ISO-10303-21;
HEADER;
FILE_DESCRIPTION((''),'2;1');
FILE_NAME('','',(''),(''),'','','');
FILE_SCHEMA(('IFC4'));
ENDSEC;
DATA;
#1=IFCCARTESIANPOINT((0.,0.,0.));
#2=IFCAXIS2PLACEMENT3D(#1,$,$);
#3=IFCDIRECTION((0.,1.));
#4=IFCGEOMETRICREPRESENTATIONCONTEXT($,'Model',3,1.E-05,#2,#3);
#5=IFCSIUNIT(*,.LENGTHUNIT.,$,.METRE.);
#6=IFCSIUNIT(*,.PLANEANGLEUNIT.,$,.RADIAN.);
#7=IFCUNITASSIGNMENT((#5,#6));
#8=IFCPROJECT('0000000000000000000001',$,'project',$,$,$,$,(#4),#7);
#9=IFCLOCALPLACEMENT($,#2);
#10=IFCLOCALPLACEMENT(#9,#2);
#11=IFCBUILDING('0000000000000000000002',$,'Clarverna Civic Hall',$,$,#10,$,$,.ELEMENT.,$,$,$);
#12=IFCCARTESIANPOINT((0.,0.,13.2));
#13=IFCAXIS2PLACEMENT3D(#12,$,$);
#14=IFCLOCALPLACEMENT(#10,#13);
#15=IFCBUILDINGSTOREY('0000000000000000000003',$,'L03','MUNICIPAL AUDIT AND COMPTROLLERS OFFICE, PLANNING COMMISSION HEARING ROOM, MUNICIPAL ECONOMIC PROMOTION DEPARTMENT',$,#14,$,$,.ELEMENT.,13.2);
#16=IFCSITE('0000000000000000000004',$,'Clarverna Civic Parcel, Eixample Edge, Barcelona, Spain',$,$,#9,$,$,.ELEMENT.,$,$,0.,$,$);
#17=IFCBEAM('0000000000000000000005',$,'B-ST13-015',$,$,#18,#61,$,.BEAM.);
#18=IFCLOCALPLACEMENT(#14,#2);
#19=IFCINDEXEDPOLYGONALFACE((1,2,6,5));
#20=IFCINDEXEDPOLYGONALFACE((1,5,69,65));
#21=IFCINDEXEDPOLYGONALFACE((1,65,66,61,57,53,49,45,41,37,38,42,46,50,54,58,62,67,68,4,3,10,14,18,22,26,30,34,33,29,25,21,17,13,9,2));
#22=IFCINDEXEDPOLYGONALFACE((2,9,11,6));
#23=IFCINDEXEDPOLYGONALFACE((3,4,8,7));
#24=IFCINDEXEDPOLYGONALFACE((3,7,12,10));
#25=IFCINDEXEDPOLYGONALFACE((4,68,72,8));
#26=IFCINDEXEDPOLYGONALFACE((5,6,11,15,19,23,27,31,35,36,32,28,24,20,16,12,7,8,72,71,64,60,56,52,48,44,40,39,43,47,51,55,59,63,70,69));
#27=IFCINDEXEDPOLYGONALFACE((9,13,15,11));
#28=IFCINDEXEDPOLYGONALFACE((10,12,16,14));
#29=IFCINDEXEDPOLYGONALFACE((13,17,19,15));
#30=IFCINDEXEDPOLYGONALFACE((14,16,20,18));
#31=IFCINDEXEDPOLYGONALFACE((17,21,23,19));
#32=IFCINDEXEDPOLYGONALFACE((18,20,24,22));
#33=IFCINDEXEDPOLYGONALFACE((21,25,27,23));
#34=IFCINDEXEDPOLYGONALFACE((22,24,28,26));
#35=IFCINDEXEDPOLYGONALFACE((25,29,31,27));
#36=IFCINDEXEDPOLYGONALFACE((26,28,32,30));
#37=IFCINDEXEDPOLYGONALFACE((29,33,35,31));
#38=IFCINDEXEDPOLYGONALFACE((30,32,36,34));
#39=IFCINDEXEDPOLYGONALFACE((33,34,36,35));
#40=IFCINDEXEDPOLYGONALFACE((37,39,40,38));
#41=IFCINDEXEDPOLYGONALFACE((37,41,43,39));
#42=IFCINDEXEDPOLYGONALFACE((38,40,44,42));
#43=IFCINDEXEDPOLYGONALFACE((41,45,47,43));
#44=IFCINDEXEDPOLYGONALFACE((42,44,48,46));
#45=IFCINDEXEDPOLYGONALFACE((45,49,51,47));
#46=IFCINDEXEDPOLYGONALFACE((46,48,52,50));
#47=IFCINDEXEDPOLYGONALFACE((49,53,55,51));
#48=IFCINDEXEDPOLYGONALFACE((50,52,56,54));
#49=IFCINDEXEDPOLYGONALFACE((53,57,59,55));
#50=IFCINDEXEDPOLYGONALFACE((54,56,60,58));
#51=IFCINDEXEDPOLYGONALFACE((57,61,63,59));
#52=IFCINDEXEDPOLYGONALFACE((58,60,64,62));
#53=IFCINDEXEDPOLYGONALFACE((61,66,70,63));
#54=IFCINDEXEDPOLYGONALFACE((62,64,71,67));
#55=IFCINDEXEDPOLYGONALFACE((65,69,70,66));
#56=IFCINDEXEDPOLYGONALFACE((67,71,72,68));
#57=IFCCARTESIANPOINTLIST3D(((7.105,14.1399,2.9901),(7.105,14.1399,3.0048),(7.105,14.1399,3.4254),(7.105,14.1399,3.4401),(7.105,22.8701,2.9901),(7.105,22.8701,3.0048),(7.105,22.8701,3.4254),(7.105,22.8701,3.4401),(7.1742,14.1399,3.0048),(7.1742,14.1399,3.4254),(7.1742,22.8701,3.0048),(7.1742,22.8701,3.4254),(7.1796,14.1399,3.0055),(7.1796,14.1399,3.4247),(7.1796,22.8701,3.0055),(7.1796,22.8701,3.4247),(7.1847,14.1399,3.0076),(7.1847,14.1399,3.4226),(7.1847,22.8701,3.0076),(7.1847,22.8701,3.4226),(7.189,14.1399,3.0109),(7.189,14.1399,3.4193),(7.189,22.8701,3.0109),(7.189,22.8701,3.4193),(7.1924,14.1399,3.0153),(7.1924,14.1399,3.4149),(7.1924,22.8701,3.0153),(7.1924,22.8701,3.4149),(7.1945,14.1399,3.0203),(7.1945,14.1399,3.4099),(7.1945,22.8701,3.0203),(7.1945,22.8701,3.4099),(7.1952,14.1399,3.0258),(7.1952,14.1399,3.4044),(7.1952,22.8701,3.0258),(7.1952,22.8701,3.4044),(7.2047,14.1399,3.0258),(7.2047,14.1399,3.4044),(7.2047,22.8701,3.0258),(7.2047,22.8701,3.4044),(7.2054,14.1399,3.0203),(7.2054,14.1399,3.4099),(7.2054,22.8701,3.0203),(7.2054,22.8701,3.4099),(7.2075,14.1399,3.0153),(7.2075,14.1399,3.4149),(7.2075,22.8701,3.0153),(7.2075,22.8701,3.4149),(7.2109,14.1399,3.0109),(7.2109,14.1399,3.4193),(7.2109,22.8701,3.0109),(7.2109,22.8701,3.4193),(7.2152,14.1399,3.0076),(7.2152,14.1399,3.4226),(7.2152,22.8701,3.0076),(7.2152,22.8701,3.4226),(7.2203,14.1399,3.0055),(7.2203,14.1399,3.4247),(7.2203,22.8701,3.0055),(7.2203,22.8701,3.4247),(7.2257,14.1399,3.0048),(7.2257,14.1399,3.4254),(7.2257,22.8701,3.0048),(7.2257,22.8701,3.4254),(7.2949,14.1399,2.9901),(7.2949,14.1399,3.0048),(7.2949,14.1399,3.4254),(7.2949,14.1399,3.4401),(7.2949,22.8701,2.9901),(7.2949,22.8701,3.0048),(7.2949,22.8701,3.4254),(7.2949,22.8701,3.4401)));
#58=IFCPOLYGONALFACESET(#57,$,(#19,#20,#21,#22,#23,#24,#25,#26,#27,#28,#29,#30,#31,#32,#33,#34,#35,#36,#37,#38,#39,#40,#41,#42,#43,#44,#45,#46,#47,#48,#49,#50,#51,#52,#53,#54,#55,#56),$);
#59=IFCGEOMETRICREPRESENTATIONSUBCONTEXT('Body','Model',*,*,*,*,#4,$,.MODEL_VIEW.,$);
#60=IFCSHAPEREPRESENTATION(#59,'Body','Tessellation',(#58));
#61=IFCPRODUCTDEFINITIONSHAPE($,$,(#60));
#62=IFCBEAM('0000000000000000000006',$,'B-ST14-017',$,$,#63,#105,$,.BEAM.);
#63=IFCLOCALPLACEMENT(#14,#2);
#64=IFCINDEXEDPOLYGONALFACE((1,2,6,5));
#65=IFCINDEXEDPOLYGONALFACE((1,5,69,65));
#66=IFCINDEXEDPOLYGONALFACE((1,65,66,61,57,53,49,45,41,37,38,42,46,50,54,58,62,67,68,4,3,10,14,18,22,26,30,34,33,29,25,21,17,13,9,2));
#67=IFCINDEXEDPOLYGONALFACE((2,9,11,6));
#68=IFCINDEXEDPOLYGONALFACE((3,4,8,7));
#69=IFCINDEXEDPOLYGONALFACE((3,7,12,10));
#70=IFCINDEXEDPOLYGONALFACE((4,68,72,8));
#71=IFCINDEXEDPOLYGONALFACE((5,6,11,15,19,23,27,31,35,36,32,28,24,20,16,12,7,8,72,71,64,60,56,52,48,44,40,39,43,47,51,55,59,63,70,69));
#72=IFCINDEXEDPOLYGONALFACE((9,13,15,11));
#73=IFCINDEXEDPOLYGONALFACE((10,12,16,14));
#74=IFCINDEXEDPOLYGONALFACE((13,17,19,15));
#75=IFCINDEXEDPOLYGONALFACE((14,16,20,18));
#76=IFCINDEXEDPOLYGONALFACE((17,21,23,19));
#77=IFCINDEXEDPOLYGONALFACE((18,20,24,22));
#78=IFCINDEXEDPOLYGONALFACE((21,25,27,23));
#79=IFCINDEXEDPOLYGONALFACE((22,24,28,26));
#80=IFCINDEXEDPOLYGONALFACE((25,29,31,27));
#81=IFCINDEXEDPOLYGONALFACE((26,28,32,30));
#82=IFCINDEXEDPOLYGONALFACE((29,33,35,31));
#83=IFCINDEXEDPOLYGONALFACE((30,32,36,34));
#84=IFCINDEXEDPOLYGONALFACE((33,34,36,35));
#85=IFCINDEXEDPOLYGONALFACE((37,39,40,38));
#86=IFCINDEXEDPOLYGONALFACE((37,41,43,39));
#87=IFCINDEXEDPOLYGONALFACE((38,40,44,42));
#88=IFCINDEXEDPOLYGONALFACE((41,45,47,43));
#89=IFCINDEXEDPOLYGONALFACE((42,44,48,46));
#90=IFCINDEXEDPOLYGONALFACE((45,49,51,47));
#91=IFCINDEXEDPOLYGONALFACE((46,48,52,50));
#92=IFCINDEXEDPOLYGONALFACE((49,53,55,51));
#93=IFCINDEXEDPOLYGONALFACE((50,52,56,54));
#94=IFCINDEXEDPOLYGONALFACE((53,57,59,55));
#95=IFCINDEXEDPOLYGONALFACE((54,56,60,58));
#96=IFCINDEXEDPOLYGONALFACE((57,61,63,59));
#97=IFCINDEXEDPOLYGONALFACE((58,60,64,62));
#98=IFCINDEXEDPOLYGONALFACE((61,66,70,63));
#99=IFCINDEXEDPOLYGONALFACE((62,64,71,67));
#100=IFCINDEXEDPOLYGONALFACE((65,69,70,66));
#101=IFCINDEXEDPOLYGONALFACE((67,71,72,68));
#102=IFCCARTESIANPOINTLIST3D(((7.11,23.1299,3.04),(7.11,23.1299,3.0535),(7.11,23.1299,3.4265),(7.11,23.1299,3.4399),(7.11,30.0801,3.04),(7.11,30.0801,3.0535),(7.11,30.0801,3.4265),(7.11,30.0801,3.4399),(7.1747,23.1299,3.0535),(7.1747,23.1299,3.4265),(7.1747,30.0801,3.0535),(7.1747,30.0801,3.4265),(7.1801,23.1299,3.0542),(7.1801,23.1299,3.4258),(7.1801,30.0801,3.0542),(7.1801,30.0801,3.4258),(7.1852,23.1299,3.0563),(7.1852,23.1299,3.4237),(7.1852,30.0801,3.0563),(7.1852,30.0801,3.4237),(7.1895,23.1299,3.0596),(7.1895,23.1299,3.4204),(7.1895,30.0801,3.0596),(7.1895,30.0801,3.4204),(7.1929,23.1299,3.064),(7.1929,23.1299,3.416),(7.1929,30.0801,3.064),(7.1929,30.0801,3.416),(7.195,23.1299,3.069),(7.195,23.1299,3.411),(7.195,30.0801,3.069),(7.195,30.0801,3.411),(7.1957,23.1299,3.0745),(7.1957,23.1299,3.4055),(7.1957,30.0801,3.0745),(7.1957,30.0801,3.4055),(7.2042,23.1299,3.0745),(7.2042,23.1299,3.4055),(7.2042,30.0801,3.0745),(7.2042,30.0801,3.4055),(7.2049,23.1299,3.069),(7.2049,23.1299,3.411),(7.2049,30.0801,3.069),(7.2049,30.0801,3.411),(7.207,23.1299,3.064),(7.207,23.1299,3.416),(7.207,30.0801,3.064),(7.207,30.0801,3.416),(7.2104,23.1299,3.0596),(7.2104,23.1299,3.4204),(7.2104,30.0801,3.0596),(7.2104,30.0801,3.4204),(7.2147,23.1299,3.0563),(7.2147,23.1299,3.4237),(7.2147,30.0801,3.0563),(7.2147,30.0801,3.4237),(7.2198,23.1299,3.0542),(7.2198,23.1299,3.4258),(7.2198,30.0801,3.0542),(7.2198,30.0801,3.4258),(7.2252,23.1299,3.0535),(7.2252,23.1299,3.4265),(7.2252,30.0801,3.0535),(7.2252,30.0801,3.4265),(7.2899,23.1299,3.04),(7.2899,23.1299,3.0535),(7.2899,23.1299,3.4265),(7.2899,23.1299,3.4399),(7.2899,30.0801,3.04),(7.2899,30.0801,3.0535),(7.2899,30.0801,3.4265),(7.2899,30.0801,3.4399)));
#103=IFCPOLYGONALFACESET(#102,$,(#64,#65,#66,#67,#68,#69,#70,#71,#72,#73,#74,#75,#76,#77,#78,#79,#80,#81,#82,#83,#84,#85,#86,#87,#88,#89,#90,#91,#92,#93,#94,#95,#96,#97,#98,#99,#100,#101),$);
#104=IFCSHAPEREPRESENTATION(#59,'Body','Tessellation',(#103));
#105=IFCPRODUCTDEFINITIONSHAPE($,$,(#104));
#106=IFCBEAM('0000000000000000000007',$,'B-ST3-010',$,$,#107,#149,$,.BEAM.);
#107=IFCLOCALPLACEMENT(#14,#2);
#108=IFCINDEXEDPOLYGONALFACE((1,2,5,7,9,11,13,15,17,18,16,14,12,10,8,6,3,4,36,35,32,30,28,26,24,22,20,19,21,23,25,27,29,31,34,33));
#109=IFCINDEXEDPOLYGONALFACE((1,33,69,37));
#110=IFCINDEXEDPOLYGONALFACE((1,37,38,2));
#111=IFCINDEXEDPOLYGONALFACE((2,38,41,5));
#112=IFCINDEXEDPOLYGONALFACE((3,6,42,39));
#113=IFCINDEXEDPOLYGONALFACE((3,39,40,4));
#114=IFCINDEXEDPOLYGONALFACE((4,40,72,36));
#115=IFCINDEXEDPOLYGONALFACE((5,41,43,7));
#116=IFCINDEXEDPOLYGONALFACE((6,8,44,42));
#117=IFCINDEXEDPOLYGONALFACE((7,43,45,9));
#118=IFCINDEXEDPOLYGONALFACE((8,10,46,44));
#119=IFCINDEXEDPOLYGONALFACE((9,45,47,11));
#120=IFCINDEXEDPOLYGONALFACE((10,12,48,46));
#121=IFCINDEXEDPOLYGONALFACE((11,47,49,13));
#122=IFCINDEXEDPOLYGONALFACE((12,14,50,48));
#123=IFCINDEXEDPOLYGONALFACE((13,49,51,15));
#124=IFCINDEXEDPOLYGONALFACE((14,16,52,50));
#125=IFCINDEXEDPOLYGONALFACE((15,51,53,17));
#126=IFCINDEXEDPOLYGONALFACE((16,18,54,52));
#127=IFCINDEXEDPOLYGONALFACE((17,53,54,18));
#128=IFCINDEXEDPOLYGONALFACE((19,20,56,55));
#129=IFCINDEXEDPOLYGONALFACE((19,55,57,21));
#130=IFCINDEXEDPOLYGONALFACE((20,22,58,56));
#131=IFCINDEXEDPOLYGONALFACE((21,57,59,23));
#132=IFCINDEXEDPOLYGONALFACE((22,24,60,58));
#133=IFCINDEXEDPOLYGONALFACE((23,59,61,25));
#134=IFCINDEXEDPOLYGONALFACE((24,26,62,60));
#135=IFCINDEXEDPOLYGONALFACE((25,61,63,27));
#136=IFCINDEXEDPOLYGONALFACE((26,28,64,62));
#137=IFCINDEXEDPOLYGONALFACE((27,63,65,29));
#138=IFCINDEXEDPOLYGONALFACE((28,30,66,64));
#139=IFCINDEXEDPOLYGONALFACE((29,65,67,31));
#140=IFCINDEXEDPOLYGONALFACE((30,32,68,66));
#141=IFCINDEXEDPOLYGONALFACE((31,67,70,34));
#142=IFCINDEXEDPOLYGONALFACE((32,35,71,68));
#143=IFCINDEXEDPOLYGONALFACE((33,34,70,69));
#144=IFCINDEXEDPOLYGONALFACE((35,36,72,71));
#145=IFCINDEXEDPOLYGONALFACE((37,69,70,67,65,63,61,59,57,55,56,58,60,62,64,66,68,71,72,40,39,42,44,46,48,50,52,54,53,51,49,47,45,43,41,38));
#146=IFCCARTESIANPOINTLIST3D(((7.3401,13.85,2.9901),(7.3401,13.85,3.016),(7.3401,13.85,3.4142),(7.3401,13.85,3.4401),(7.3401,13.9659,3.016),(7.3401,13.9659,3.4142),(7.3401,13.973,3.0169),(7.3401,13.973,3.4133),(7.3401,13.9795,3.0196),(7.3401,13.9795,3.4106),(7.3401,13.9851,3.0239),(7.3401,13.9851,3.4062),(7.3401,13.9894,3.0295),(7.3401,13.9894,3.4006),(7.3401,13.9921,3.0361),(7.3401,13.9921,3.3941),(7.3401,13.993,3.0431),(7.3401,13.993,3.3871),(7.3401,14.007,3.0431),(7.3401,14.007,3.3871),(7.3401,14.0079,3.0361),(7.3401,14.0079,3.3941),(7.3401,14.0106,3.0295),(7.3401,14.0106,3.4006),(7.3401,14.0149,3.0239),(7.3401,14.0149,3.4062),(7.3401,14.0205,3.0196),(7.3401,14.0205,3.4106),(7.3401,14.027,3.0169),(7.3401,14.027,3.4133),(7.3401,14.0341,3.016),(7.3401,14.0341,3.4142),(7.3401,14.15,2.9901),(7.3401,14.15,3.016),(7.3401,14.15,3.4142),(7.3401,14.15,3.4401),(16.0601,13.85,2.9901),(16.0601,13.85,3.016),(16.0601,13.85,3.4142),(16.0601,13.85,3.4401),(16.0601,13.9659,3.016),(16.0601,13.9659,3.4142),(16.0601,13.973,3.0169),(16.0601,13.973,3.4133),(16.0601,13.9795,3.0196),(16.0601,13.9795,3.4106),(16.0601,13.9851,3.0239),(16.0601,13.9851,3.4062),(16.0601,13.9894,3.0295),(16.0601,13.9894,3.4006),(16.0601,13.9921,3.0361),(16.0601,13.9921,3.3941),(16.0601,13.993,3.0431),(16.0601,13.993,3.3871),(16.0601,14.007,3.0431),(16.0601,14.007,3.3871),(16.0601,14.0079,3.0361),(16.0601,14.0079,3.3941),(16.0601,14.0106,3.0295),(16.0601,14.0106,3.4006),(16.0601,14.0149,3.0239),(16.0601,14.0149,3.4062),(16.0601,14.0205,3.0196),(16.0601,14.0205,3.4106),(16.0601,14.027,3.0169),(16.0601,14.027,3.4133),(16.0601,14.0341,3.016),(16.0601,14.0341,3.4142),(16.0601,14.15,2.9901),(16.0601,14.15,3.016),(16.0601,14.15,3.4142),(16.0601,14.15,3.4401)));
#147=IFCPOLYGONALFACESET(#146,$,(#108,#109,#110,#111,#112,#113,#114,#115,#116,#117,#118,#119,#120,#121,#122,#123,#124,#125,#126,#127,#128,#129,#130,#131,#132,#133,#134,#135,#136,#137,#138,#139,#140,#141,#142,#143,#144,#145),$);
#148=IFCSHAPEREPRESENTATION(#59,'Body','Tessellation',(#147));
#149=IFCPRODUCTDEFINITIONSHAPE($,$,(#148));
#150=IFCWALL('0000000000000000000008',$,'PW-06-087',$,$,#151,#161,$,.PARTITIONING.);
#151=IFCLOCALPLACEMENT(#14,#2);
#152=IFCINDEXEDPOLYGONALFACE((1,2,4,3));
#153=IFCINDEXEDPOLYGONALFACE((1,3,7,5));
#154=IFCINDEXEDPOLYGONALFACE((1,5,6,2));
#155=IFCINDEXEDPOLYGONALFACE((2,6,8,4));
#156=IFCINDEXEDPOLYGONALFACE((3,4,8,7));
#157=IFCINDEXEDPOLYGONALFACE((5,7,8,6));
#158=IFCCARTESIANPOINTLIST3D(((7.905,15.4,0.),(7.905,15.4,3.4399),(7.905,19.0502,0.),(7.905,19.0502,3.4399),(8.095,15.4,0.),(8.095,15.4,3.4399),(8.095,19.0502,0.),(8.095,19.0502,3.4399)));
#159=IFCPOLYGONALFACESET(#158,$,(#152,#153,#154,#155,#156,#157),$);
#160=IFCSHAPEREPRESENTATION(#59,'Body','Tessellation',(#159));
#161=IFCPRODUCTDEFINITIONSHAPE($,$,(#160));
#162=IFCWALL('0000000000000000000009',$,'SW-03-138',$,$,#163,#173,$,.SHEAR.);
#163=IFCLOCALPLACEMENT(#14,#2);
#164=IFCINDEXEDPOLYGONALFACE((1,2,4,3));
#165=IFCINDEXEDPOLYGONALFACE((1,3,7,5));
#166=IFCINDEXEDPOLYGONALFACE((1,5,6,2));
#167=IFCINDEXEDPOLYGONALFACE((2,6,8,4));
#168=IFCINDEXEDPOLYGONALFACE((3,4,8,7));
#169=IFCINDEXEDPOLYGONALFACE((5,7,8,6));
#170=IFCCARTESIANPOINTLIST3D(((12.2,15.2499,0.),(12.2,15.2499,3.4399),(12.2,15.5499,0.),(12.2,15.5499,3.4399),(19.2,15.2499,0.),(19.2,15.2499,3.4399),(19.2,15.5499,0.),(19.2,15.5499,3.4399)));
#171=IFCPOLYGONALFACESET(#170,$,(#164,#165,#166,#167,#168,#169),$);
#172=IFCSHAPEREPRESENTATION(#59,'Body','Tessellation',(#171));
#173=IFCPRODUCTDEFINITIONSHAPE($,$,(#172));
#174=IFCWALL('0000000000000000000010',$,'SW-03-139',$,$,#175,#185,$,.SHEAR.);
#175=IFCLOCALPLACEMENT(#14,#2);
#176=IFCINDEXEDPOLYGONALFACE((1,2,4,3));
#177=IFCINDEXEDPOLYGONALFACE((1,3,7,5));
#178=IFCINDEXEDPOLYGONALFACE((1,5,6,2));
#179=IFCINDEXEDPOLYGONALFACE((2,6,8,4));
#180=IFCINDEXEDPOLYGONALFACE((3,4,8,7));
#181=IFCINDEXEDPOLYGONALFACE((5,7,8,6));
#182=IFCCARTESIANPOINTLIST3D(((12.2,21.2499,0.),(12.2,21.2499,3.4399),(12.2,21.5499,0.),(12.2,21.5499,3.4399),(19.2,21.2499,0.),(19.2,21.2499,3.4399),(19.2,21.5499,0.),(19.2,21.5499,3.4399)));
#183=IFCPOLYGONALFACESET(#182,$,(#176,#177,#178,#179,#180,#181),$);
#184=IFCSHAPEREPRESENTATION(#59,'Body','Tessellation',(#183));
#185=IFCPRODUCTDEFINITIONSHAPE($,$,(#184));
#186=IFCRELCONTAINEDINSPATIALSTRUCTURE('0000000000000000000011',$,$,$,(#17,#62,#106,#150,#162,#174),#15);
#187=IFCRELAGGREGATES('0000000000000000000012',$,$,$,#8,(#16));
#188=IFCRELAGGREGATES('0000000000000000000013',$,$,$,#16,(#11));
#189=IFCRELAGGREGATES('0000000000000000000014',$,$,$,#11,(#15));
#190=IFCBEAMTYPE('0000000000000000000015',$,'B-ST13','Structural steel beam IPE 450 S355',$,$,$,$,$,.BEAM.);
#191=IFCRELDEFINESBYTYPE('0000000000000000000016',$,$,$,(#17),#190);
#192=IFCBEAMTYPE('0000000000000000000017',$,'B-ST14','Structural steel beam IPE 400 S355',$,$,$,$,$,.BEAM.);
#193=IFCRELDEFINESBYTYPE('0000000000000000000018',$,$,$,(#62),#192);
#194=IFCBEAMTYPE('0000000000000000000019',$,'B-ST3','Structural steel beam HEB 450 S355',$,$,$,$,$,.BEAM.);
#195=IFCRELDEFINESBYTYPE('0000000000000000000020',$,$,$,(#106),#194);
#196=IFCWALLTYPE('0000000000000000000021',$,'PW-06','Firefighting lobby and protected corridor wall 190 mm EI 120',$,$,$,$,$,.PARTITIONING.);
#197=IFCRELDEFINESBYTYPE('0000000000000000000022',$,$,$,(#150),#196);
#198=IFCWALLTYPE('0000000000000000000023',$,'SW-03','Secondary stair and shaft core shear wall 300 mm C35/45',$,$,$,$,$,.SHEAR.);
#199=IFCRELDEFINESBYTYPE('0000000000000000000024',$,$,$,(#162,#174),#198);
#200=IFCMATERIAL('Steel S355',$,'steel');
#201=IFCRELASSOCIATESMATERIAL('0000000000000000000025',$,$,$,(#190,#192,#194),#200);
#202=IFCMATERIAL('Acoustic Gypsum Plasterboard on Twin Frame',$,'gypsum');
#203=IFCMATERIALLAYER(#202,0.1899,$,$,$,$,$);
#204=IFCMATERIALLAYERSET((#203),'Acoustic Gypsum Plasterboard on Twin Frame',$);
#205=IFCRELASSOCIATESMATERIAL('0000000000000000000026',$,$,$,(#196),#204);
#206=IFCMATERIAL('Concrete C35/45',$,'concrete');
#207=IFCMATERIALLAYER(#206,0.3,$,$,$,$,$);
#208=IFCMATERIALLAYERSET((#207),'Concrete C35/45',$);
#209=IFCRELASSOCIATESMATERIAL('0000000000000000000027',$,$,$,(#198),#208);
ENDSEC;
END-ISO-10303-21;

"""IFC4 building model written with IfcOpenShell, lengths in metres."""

from ifc_helpers import new_model, si_unit, direction, frame, frame_2d, origin, origin_2d, place, context, subcontext, project, spatial, rectangle, i_section, extrude, material, layer, layer_set, material_profile, profile_set, type_object, element, save


model = new_model("IFC4")

# Units and contexts
model_context = context("Model", 3, precision=1e-05, world=origin(), true_north=direction((0.0, 1.0)))
body_context = subcontext(model_context, "Body", "Model", "MODEL_VIEW")
ifc_project = project(units=[si_unit("LENGTHUNIT", "METRE"), si_unit("PLANEANGLEUNIT", "RADIAN")], contexts=[model_context])

# Site, building, storey
site_placement = place(None, origin())
site = spatial("IfcSite", under=ifc_project, at=site_placement, Name="Clarverna Civic Parcel, Eixample Edge, Barcelona, Spain", CompositionType="ELEMENT", RefElevation=0.0)
building_placement = place(site_placement, origin())
building = spatial("IfcBuilding", under=site, at=building_placement, Name="Clarverna Civic Hall", CompositionType="ELEMENT")
storey_placement = place(building_placement, frame((0.0, 0.0, 13.2)))
storey = spatial("IfcBuildingStorey", under=building, at=storey_placement, Name="L03", Description="MUNICIPAL AUDIT AND COMPTROLLERS OFFICE, PLANNING COMMISSION HEARING ROOM, MUNICIPAL ECONOMIC PROMOTION DEPARTMENT", CompositionType="ELEMENT", Elevation=13.2)

# Shared definitions
ifc_material_1 = material(Name="Steel S355", Category="steel")

# Beams
ifc_material_profile_1 = material_profile(ifc_material_1, i_section(OverallWidth=0.1899, OverallDepth=0.45, WebThickness=0.0095, FlangeThickness=0.0146, FilletRadius=0.021, at=origin_2d()), Name="IPE 450")
ifc_profile_set_1 = profile_set([ifc_material_profile_1], Name="Steel S355")
beam_type_1 = type_object("IfcBeamType", Name="B-ST13", Description="Structural steel beam IPE 450 S355", PredefinedType="BEAM", material=ifc_profile_set_1)
beam_1_placement = place(storey_placement, frame((7.2, 14.1399, 3.2151), z_axis=(0.0, 1.0, 0.0), x_axis=(-1.0, 0.0, 0.0)))
element("IfcBeam", 1, at=beam_1_placement, inside=storey, type_object=beam_type_1, Name="B-ST13-015", PredefinedType="BEAM", context=body_context, shape_type="SweptSolid", body=[
    extrude(i_section(OverallWidth=0.1899, OverallDepth=0.45, WebThickness=0.0095, FlangeThickness=0.0146, FilletRadius=0.021, at=origin_2d()), origin(), (0.0, 0.0, 1.0), 8.7302),
])
ifc_material_profile_2 = material_profile(ifc_material_1, i_section(OverallWidth=0.1799, OverallDepth=0.3999, WebThickness=0.0085, FlangeThickness=0.0134, FilletRadius=0.021, at=origin_2d()), Name="IPE 400")
ifc_profile_set_2 = profile_set([ifc_material_profile_2], Name="Steel S355")
beam_type_2 = type_object("IfcBeamType", Name="B-ST14", Description="Structural steel beam IPE 400 S355", PredefinedType="BEAM", material=ifc_profile_set_2)
beam_2_placement = place(storey_placement, frame((7.2, 23.1299, 3.24), z_axis=(0.0, 1.0, 0.0), x_axis=(-1.0, 0.0, 0.0)))
element("IfcBeam", 2, at=beam_2_placement, inside=storey, type_object=beam_type_2, Name="B-ST14-017", PredefinedType="BEAM", context=body_context, shape_type="SweptSolid", body=[
    extrude(i_section(OverallWidth=0.1799, OverallDepth=0.3999, WebThickness=0.0085, FlangeThickness=0.0134, FilletRadius=0.021, at=origin_2d()), origin(), (0.0, 0.0, 1.0), 6.9502),
])
ifc_material_profile_3 = material_profile(ifc_material_1, i_section(OverallWidth=0.3, OverallDepth=0.45, WebThickness=0.0139, FlangeThickness=0.0259, FilletRadius=0.0271, at=origin_2d()), Name="HEB 450")
ifc_profile_set_3 = profile_set([ifc_material_profile_3], Name="Steel S355")
beam_type_3 = type_object("IfcBeamType", Name="B-ST3", Description="Structural steel beam HEB 450 S355", PredefinedType="BEAM", material=ifc_profile_set_3)
beam_3_placement = place(storey_placement, frame((7.3401, 14.0, 3.2151), z_axis=(1.0, 0.0, 0.0), x_axis=(0.0, 1.0, 0.0)))
element("IfcBeam", 3, at=beam_3_placement, inside=storey, type_object=beam_type_3, Name="B-ST3-010", PredefinedType="BEAM", context=body_context, shape_type="SweptSolid", body=[
    extrude(i_section(OverallWidth=0.3, OverallDepth=0.45, WebThickness=0.0139, FlangeThickness=0.0259, FilletRadius=0.0271, at=origin_2d()), origin(), (0.0, 0.0, 1.0), 8.72),
])

# Wall
ifc_material_2 = material(Name="Acoustic Gypsum Plasterboard on Twin Frame", Category="gypsum")
ifc_layer_1 = layer(ifc_material_2, 0.1899)
ifc_layer_set_1 = layer_set([ifc_layer_1], Name="Acoustic Gypsum Plasterboard on Twin Frame")
wall_type_1 = type_object("IfcWallType", Name="PW-06", Description="Firefighting lobby and protected corridor wall 190 mm EI 120", PredefinedType="PARTITIONING", material=ifc_layer_set_1)
wall_1_placement = place(storey_placement, frame((8.0, 15.3999, 0.0), z_axis=(0.0, 0.0, 1.0), x_axis=(0.0, 1.0, 0.0)))
element("IfcWall", 4, at=wall_1_placement, inside=storey, type_object=wall_type_1, Name="PW-06-087", PredefinedType="PARTITIONING", context=body_context, shape_type="SweptSolid", body=[
    extrude(rectangle(XDim=3.6501, YDim=0.1899, at=frame_2d((1.8252, 0.0))), origin(), (0.0, 0.0, 1.0), 3.4399),
])

# Shared definitions
ifc_material_3 = material(Name="Concrete C35/45", Category="concrete")
ifc_layer_2 = layer(ifc_material_3, 0.3)
ifc_layer_set_2 = layer_set([ifc_layer_2], Name="Concrete C35/45")
wall_type_2 = type_object("IfcWallType", Name="SW-03", Description="Secondary stair and shaft core shear wall 300 mm C35/45", PredefinedType="SHEAR", material=ifc_layer_set_2)

# Walls
for number, where, z_axis, x_axis, name in (
    (5, (12.2, 15.3999, 0.0), (0.0, 0.0, 1.0), (1.0, 0.0, 0.0), "SW-03-138"),
    (6, (12.2, 21.3999, 0.0), (0.0, 0.0, 1.0), (1.0, 0.0, 0.0), "SW-03-139"),
):
    element("IfcWall", number, at=place(storey_placement, frame(where, z_axis=z_axis, x_axis=x_axis)), inside=storey, type_object=wall_type_2, Name=name, PredefinedType="SHEAR", context=body_context, shape_type="SweptSolid", body=[
        extrude(rectangle(XDim=7.0, YDim=0.3, at=frame_2d((3.5, 0.0))), origin(), (0.0, 0.0, 1.0), 3.4399),
    ])

save(model, "model.ifc")
